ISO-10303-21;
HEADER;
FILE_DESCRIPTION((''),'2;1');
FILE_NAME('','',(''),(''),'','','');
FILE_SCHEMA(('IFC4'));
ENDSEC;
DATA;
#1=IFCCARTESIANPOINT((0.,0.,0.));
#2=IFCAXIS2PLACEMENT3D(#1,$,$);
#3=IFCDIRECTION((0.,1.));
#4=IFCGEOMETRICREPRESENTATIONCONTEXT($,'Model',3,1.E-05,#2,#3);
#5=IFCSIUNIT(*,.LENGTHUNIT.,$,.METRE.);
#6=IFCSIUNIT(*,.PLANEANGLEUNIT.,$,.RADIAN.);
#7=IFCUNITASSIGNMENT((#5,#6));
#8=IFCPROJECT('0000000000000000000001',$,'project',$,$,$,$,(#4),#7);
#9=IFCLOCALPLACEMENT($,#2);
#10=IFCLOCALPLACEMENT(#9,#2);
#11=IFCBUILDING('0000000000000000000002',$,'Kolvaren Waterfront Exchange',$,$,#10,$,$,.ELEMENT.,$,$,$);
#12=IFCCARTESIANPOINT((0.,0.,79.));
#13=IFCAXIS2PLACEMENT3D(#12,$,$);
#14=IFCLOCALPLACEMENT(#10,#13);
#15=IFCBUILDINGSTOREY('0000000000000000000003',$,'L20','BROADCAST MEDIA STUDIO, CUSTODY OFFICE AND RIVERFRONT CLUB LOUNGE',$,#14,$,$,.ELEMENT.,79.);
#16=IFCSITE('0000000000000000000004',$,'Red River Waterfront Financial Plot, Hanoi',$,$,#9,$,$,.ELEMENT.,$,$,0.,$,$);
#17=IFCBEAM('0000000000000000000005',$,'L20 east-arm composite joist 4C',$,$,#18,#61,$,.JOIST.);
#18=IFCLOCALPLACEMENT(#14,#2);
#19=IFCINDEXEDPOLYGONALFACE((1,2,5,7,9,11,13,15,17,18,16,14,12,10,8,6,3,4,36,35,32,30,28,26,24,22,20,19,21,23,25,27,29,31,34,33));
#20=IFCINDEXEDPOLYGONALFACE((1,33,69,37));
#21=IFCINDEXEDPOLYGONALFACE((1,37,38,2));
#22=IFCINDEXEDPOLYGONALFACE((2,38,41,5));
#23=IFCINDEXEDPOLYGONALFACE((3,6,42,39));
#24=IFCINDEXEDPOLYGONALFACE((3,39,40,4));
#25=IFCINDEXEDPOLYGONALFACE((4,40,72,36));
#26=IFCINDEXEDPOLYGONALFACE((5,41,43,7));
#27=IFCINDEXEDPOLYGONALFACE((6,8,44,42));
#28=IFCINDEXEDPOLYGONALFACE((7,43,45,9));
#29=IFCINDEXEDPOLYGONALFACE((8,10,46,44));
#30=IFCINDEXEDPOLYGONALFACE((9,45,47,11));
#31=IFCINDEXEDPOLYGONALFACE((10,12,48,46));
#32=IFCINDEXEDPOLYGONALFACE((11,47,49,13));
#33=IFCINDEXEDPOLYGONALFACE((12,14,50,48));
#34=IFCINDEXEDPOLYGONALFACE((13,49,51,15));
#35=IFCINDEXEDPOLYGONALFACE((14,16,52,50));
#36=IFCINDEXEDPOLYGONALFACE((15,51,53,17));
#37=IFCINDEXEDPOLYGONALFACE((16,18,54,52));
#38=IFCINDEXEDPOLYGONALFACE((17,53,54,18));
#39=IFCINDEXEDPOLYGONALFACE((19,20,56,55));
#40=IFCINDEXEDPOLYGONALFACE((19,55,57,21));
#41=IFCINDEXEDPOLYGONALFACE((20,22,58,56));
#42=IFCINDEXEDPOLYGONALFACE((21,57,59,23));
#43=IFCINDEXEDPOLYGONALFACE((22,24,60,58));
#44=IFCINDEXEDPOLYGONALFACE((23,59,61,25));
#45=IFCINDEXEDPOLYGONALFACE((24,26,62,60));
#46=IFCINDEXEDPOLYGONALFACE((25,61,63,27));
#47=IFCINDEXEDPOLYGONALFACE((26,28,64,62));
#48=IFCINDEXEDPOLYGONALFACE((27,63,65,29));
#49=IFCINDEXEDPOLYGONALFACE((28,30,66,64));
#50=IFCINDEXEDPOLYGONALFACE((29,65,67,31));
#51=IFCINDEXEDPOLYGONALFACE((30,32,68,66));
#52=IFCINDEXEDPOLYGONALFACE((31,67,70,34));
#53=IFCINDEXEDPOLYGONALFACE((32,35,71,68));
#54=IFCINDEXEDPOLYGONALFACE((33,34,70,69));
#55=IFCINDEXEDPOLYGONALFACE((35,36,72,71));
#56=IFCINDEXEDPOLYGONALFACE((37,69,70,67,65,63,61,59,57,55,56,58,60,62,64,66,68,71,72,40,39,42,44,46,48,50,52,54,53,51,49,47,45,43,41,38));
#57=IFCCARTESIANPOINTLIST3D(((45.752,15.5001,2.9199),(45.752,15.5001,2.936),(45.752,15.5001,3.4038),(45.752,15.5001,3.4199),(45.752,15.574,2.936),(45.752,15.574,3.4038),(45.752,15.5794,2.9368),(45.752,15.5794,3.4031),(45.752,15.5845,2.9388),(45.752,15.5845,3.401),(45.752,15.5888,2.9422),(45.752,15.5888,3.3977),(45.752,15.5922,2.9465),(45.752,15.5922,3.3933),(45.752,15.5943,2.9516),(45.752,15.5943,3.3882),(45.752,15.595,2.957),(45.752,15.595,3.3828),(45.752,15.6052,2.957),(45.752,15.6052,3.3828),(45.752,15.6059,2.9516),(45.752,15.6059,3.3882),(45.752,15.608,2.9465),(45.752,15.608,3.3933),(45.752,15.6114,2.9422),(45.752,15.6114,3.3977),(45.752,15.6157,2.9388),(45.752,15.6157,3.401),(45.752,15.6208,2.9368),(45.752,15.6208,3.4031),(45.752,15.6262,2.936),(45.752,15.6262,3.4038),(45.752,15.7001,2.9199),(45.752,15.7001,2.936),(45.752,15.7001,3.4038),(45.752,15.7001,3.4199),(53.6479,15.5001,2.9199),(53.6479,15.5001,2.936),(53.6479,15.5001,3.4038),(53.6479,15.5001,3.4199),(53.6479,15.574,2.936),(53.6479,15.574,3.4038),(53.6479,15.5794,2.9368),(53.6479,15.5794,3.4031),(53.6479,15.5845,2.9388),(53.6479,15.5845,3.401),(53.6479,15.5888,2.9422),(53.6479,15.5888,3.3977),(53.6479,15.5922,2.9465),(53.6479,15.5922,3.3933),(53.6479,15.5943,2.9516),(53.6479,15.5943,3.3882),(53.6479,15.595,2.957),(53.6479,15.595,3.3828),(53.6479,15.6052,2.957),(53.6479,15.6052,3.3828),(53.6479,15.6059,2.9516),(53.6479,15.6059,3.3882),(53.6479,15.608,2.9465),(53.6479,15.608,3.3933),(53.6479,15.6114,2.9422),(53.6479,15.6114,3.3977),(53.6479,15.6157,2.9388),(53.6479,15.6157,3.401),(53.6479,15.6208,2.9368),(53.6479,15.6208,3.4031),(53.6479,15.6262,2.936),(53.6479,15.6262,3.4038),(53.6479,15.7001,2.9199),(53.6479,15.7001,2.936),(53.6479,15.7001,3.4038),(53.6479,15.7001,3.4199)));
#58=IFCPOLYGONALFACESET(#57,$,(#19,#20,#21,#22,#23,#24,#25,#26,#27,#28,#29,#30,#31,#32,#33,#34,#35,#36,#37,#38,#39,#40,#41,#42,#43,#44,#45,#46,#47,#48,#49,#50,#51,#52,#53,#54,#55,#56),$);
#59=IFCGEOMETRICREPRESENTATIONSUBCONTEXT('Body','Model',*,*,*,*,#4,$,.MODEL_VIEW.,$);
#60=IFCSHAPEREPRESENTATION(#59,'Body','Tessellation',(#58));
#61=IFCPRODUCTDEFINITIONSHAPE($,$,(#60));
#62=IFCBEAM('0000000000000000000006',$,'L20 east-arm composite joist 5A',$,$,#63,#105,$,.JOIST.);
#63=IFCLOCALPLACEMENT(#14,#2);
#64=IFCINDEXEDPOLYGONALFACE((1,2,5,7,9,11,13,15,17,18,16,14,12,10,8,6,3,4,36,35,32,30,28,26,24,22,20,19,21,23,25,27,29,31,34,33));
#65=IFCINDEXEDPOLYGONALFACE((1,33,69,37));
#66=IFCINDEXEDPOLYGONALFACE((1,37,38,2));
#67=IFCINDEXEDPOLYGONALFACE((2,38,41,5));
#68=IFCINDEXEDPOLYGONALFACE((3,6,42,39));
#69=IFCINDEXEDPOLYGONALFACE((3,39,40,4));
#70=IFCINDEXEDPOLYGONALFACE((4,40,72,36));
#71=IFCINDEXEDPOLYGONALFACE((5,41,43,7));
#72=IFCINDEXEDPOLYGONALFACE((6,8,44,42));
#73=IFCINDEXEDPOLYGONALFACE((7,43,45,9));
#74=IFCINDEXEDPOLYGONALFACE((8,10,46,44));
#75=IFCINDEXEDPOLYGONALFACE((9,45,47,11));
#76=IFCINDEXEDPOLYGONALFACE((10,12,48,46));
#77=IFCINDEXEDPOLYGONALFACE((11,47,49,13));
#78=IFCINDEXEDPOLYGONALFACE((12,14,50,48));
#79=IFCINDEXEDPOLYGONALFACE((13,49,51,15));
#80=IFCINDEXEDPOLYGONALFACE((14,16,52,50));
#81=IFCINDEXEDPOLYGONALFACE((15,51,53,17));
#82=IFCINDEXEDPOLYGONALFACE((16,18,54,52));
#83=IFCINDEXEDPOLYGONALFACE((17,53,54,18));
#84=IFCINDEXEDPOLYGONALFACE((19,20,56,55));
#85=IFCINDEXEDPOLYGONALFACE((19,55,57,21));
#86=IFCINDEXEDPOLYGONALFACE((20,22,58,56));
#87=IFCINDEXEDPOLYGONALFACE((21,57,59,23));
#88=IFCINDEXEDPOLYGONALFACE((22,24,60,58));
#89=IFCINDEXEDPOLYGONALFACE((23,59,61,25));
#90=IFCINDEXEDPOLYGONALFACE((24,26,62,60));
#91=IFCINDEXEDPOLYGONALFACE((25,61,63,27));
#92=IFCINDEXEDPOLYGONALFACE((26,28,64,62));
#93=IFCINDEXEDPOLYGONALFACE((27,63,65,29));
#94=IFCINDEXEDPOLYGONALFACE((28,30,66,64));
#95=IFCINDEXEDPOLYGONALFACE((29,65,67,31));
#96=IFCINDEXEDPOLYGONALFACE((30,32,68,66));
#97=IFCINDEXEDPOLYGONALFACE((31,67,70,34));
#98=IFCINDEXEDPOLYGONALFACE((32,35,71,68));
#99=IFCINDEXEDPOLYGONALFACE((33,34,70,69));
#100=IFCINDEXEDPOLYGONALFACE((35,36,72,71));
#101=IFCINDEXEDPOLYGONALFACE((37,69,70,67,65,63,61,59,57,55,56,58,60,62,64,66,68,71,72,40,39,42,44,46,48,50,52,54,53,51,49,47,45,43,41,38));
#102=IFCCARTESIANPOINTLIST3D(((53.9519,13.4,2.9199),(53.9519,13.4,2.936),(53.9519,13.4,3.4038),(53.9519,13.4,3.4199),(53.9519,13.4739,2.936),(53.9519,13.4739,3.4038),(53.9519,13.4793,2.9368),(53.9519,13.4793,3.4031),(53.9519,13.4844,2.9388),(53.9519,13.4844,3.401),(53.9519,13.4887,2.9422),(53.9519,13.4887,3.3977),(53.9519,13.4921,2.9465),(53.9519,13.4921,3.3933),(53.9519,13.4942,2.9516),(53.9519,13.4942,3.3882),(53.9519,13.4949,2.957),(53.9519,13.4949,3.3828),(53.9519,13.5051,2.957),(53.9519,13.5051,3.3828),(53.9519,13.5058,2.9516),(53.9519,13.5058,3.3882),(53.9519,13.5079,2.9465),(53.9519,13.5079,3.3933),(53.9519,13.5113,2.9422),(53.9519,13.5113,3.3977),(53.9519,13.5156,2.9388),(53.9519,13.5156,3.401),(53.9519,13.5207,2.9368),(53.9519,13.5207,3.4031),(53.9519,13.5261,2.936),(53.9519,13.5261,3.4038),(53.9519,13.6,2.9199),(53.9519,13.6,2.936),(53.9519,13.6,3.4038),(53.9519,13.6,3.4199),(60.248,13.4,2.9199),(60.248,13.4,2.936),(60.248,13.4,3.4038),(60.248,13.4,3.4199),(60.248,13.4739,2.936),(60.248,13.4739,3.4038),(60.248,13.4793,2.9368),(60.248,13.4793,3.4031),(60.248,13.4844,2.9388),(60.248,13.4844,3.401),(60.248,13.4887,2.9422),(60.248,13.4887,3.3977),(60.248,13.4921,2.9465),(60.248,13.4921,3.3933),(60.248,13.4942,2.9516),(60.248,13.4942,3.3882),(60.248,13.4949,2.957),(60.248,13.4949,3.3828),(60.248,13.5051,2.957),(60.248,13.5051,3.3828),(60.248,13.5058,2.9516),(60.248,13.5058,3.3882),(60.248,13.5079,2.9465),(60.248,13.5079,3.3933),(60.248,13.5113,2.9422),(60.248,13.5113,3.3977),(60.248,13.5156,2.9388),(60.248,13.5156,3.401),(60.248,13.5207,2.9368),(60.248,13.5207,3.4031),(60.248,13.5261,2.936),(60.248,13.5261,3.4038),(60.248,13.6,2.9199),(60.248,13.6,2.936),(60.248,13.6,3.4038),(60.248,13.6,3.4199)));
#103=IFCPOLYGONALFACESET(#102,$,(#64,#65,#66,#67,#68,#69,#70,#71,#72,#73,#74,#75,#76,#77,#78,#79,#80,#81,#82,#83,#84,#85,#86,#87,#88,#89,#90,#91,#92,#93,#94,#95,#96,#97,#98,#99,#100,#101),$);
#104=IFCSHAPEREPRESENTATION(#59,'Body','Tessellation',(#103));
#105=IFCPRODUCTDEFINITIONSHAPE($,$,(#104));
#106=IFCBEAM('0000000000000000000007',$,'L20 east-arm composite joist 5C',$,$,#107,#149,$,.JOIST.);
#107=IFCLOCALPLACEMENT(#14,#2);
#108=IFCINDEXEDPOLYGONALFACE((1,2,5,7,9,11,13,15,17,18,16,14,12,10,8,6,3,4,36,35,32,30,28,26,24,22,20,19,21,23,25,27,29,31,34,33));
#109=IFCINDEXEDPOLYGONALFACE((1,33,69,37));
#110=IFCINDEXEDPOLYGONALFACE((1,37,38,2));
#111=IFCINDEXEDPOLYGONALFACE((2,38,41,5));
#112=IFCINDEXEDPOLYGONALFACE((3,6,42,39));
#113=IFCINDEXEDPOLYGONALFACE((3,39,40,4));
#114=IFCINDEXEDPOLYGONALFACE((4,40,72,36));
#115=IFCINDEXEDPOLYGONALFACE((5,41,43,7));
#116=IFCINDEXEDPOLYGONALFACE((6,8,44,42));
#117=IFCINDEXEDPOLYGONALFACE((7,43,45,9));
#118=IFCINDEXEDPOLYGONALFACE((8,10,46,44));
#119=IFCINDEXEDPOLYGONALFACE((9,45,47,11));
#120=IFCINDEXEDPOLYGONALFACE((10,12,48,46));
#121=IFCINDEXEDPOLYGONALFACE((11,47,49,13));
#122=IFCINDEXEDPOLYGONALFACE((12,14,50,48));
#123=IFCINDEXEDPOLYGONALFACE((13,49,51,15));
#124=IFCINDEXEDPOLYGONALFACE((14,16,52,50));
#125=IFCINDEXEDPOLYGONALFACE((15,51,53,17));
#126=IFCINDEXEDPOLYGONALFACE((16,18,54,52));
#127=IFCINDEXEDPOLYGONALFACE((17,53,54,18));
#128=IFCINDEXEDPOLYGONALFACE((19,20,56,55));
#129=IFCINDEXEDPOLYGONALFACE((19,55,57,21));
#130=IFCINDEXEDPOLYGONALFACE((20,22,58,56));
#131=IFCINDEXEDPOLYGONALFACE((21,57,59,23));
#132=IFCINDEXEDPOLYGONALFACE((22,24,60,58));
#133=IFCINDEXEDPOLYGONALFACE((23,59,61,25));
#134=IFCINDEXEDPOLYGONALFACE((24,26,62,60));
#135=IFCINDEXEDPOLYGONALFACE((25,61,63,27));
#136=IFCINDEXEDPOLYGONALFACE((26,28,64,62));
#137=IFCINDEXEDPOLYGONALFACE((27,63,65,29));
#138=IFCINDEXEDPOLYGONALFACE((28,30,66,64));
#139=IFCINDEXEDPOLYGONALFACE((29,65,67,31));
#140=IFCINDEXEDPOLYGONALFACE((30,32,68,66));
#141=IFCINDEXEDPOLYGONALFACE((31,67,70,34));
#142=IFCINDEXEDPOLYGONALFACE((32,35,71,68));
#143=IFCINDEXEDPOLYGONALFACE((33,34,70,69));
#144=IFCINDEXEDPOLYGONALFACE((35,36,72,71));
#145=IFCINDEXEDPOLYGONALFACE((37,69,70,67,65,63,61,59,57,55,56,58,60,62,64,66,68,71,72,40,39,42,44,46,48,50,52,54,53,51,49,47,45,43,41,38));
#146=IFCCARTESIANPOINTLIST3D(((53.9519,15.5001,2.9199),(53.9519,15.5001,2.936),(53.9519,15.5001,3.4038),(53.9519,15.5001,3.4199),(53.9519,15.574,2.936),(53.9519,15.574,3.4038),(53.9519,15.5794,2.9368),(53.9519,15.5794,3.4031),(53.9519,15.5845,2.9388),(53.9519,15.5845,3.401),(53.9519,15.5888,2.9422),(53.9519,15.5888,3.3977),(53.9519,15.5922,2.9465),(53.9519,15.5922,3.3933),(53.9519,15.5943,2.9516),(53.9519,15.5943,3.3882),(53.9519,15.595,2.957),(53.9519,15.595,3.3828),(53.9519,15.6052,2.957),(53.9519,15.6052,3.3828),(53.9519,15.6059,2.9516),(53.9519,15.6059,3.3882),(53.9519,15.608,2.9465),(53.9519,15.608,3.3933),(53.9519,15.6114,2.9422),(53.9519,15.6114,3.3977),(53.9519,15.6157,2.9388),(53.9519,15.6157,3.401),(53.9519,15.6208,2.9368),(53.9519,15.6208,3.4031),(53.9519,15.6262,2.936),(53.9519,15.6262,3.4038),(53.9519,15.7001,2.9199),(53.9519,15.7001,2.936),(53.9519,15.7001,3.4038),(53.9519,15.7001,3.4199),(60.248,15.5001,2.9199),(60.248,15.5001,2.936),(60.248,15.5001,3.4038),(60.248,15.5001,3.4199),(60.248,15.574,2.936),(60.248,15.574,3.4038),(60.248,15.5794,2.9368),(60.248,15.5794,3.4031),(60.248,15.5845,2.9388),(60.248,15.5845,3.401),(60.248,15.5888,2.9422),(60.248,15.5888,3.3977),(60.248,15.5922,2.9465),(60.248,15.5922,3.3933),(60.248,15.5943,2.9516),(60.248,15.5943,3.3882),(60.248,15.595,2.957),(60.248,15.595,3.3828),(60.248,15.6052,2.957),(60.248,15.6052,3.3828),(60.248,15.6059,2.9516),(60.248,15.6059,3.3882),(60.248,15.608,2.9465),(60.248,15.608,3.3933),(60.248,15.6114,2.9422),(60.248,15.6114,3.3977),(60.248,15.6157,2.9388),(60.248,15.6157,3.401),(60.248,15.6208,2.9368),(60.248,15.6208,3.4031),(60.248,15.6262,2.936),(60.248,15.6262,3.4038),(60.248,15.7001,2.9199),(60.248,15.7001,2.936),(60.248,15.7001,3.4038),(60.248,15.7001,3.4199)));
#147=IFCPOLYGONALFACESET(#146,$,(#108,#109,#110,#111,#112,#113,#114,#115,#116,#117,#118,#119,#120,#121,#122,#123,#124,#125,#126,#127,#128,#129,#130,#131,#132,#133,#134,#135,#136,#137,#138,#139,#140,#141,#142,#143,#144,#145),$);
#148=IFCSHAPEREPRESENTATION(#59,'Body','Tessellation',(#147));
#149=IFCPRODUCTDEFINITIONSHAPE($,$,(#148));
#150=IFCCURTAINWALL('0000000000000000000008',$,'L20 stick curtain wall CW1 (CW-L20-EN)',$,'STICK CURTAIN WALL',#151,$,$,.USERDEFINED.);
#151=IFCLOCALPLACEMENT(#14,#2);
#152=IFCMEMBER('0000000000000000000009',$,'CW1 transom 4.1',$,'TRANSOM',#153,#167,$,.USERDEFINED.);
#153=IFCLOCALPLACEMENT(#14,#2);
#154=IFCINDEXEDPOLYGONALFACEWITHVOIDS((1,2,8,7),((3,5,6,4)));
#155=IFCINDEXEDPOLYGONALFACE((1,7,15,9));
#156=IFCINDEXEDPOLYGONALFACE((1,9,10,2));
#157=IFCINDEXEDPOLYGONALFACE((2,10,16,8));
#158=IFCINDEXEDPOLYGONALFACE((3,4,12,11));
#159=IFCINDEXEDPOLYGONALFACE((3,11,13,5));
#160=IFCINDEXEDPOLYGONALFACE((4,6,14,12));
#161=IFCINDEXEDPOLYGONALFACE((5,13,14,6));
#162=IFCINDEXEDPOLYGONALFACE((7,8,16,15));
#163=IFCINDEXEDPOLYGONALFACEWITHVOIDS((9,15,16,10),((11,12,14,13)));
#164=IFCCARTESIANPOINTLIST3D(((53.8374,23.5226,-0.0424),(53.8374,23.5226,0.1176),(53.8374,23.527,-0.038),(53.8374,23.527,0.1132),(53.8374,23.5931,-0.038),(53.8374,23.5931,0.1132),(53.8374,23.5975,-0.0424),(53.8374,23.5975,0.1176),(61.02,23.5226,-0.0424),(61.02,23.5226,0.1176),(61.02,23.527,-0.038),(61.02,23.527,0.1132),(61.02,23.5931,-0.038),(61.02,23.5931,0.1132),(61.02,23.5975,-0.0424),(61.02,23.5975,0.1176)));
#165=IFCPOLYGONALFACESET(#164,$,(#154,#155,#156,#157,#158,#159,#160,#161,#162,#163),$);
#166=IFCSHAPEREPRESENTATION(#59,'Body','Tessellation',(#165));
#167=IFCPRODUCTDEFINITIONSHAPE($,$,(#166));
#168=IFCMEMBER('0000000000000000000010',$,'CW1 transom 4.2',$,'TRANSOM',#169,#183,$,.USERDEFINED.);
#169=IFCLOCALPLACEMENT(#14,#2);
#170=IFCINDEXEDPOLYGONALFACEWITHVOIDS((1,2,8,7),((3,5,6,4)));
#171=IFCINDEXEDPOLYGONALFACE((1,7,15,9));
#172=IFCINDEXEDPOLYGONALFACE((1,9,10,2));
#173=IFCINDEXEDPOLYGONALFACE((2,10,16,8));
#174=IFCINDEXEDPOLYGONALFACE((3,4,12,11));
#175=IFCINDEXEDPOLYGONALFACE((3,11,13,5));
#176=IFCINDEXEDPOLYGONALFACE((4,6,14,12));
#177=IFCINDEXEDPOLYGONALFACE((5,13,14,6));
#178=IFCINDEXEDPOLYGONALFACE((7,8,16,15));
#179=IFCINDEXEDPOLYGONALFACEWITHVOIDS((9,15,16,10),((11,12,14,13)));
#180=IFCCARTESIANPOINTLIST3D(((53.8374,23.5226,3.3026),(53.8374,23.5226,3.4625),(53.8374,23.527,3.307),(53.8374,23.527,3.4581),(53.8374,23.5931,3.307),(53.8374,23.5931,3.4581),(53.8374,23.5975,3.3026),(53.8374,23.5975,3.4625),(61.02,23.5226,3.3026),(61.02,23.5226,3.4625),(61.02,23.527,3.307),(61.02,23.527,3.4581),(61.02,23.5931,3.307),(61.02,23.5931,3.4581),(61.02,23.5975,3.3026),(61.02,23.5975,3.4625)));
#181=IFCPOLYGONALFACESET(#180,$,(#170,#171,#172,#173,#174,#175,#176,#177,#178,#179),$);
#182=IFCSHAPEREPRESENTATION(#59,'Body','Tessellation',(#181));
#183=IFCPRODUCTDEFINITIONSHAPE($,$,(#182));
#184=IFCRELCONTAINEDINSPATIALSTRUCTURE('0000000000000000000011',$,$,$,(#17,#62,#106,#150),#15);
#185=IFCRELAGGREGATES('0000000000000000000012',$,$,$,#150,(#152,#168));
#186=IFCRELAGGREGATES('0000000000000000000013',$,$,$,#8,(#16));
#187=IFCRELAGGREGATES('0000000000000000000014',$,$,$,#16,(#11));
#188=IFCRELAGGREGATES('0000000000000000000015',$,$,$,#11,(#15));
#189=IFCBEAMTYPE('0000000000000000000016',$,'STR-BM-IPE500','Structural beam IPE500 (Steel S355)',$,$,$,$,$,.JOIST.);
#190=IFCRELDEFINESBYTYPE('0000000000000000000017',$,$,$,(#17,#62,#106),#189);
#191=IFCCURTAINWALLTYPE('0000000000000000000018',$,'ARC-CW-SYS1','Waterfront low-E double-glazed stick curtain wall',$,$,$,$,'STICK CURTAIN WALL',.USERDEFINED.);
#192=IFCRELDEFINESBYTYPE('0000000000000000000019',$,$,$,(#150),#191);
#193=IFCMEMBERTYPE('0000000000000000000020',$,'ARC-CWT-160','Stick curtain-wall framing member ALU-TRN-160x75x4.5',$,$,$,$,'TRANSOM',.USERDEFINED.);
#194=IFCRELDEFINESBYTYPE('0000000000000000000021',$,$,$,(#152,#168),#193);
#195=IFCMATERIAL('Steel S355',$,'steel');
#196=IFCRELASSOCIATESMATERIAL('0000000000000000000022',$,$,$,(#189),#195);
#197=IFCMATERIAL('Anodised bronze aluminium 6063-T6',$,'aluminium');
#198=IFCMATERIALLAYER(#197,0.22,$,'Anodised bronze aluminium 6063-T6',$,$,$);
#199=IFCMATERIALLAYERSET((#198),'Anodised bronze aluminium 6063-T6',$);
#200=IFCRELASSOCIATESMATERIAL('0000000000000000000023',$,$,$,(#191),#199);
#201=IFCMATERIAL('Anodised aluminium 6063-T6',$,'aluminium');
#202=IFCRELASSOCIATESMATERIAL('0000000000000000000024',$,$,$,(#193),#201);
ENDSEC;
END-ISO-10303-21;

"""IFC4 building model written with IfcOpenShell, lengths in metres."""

from ifc_helpers import new_model, si_unit, direction, frame, origin, origin_with_axes, origin_2d, place, context, subcontext, project, spatial, hollow_rectangle, i_section, extrude, source, transform, mapped, material, layer, layer_set, material_profile, profile_set, type_object, element, aggregate, save


model = new_model("IFC4")

# Units and contexts
model_context = context("Model", 3, precision=1e-05, world=origin(), true_north=direction((0.0, 1.0)))
body_context = subcontext(model_context, "Body", "Model", "MODEL_VIEW")
ifc_project = project(units=[si_unit("LENGTHUNIT", "METRE"), si_unit("PLANEANGLEUNIT", "RADIAN")], contexts=[model_context])

# Site, building, storey
site_placement = place(None, origin())
site = spatial("IfcSite", under=ifc_project, at=site_placement, Name="Red River Waterfront Financial Plot, Hanoi", CompositionType="ELEMENT", RefElevation=0.0)
building_placement = place(site_placement, origin())
building = spatial("IfcBuilding", under=site, at=building_placement, Name="Kolvaren Waterfront Exchange", CompositionType="ELEMENT")
storey_placement = place(building_placement, frame((0.0, 0.0, 79.0)))
storey = spatial("IfcBuildingStorey", under=building, at=storey_placement, Name="L20", Description="BROADCAST MEDIA STUDIO, CUSTODY OFFICE AND RIVERFRONT CLUB LOUNGE", CompositionType="ELEMENT", Elevation=79.0)

# Beams
ifc_material_1 = material(Name="Steel S355", Category="steel")
ifc_material_profile_1 = material_profile(ifc_material_1, i_section(OverallWidth=0.2, OverallDepth=0.5, WebThickness=0.0103, FlangeThickness=0.0161, FilletRadius=0.021, at=origin_2d()), Name="IPE500")
ifc_profile_set_1 = profile_set([ifc_material_profile_1], Name="Steel S355")
beam_type_1 = type_object("IfcBeamType", Name="STR-BM-IPE500", Description="Structural beam IPE500 (Steel S355)", PredefinedType="JOIST", material=ifc_profile_set_1)
for number, where, z_axis, x_axis, name in (
    (1, (45.752, 15.6001, 3.1699), (1.0, 0.0, 0.0), (0.0, 1.0, 0.0), "L20 east-arm composite joist 4C"),
):
    element("IfcBeam", number, at=place(storey_placement, frame(where, z_axis=z_axis, x_axis=x_axis)), inside=storey, type_object=beam_type_1, Name=name, PredefinedType="JOIST", context=body_context, shape_type="SweptSolid", body=[
        extrude(i_section(OverallWidth=0.2, OverallDepth=0.5, WebThickness=0.0103, FlangeThickness=0.0161, FilletRadius=0.021, at=origin_2d()), origin(), (0.0, 0.0, 1.0), 7.896),
    ])
for number, where, z_axis, x_axis, name in (
    (2, (53.9519, 13.5, 3.1699), (1.0, 0.0, 0.0), (0.0, 1.0, 0.0), "L20 east-arm composite joist 5A"),
    (3, (53.9519, 15.6001, 3.1699), (1.0, 0.0, 0.0), (0.0, 1.0, 0.0), "L20 east-arm composite joist 5C"),
):
    element("IfcBeam", number, at=place(storey_placement, frame(where, z_axis=z_axis, x_axis=x_axis)), inside=storey, type_object=beam_type_1, Name=name, PredefinedType="JOIST", context=body_context, shape_type="SweptSolid", body=[
        extrude(i_section(OverallWidth=0.2, OverallDepth=0.5, WebThickness=0.0103, FlangeThickness=0.0161, FilletRadius=0.021, at=origin_2d()), origin(), (0.0, 0.0, 1.0), 6.2961),
    ])

# Curtain wall, members
ifc_material_2 = material(Name="Anodised bronze aluminium 6063-T6", Category="aluminium")
ifc_layer_1 = layer(ifc_material_2, 0.22, Name="Anodised bronze aluminium 6063-T6")
ifc_layer_set_1 = layer_set([ifc_layer_1], Name="Anodised bronze aluminium 6063-T6")
curtain_wall_type = type_object("IfcCurtainWallType", Name="ARC-CW-SYS1", Description="Waterfront low-E double-glazed stick curtain wall", ElementType="STICK CURTAIN WALL", PredefinedType="USERDEFINED", material=ifc_layer_set_1)
curtain_wall_placement = place(storey_placement, origin())
curtain_wall = element("IfcCurtainWall", 4, at=curtain_wall_placement, inside=storey, type_object=curtain_wall_type, Name="L20 stick curtain wall CW1 (CW-L20-EN)", ObjectType="STICK CURTAIN WALL", PredefinedType="USERDEFINED")
ifc_material_3 = material(Name="Anodised aluminium 6063-T6", Category="aluminium")
ifc_material_profile_2 = material_profile(ifc_material_3, hollow_rectangle(XDim=0.075, YDim=0.1599, WallThickness=0.0044, at=origin_2d()), Name="ALU-TRN-160x75x4.5")
ifc_profile_set_2 = profile_set([ifc_material_profile_2], Name="Anodised aluminium 6063-T6")
member_type_1 = type_object("IfcMemberType", Name="ARC-CWT-160", Description="Stick curtain-wall framing member ALU-TRN-160x75x4.5", ElementType="TRANSOM", PredefinedType="USERDEFINED", material=ifc_profile_set_2)
shared_shape_1 = source(origin_with_axes(), body_context, "Body", "SweptSolid", [
    extrude(hollow_rectangle(XDim=0.075, YDim=0.1599, WallThickness=0.0044, at=origin_2d()), origin(), (0.0, 0.0, 1.0), 7.1826),
])
member_1_placement = place(storey_placement, frame((53.8374, 23.5601, 0.0376), z_axis=(1.0, 0.0, 0.0), x_axis=(0.0, 1.0, 0.0)))
member_1 = element("IfcMember", 5, at=member_1_placement, type_object=member_type_1, Name="CW1 transom 4.1", ObjectType="TRANSOM", PredefinedType="USERDEFINED", context=body_context, shape_type="MappedRepresentation", body=[
    mapped(shared_shape_1, transform((0.0, 0.0, 0.0), x_axis=(1.0, 0.0, 0.0), y_axis=(0.0, 1.0, 0.0), z_axis=(0.0, 0.0, 1.0), scale=1.0)),
])
member_2_placement = place(storey_placement, frame((53.8374, 23.5601, 3.3826), z_axis=(1.0, 0.0, 0.0), x_axis=(0.0, 1.0, 0.0)))
member_2 = element("IfcMember", 6, at=member_2_placement, type_object=member_type_1, Name="CW1 transom 4.2", ObjectType="TRANSOM", PredefinedType="USERDEFINED", context=body_context, shape_type="MappedRepresentation", body=[
    mapped(shared_shape_1, transform((0.0, 0.0, 0.0), x_axis=(1.0, 0.0, 0.0), y_axis=(0.0, 1.0, 0.0), z_axis=(0.0, 0.0, 1.0), scale=1.0)),
])
aggregate(curtain_wall, [member_1, member_2])

save(model, "model.ifc")
